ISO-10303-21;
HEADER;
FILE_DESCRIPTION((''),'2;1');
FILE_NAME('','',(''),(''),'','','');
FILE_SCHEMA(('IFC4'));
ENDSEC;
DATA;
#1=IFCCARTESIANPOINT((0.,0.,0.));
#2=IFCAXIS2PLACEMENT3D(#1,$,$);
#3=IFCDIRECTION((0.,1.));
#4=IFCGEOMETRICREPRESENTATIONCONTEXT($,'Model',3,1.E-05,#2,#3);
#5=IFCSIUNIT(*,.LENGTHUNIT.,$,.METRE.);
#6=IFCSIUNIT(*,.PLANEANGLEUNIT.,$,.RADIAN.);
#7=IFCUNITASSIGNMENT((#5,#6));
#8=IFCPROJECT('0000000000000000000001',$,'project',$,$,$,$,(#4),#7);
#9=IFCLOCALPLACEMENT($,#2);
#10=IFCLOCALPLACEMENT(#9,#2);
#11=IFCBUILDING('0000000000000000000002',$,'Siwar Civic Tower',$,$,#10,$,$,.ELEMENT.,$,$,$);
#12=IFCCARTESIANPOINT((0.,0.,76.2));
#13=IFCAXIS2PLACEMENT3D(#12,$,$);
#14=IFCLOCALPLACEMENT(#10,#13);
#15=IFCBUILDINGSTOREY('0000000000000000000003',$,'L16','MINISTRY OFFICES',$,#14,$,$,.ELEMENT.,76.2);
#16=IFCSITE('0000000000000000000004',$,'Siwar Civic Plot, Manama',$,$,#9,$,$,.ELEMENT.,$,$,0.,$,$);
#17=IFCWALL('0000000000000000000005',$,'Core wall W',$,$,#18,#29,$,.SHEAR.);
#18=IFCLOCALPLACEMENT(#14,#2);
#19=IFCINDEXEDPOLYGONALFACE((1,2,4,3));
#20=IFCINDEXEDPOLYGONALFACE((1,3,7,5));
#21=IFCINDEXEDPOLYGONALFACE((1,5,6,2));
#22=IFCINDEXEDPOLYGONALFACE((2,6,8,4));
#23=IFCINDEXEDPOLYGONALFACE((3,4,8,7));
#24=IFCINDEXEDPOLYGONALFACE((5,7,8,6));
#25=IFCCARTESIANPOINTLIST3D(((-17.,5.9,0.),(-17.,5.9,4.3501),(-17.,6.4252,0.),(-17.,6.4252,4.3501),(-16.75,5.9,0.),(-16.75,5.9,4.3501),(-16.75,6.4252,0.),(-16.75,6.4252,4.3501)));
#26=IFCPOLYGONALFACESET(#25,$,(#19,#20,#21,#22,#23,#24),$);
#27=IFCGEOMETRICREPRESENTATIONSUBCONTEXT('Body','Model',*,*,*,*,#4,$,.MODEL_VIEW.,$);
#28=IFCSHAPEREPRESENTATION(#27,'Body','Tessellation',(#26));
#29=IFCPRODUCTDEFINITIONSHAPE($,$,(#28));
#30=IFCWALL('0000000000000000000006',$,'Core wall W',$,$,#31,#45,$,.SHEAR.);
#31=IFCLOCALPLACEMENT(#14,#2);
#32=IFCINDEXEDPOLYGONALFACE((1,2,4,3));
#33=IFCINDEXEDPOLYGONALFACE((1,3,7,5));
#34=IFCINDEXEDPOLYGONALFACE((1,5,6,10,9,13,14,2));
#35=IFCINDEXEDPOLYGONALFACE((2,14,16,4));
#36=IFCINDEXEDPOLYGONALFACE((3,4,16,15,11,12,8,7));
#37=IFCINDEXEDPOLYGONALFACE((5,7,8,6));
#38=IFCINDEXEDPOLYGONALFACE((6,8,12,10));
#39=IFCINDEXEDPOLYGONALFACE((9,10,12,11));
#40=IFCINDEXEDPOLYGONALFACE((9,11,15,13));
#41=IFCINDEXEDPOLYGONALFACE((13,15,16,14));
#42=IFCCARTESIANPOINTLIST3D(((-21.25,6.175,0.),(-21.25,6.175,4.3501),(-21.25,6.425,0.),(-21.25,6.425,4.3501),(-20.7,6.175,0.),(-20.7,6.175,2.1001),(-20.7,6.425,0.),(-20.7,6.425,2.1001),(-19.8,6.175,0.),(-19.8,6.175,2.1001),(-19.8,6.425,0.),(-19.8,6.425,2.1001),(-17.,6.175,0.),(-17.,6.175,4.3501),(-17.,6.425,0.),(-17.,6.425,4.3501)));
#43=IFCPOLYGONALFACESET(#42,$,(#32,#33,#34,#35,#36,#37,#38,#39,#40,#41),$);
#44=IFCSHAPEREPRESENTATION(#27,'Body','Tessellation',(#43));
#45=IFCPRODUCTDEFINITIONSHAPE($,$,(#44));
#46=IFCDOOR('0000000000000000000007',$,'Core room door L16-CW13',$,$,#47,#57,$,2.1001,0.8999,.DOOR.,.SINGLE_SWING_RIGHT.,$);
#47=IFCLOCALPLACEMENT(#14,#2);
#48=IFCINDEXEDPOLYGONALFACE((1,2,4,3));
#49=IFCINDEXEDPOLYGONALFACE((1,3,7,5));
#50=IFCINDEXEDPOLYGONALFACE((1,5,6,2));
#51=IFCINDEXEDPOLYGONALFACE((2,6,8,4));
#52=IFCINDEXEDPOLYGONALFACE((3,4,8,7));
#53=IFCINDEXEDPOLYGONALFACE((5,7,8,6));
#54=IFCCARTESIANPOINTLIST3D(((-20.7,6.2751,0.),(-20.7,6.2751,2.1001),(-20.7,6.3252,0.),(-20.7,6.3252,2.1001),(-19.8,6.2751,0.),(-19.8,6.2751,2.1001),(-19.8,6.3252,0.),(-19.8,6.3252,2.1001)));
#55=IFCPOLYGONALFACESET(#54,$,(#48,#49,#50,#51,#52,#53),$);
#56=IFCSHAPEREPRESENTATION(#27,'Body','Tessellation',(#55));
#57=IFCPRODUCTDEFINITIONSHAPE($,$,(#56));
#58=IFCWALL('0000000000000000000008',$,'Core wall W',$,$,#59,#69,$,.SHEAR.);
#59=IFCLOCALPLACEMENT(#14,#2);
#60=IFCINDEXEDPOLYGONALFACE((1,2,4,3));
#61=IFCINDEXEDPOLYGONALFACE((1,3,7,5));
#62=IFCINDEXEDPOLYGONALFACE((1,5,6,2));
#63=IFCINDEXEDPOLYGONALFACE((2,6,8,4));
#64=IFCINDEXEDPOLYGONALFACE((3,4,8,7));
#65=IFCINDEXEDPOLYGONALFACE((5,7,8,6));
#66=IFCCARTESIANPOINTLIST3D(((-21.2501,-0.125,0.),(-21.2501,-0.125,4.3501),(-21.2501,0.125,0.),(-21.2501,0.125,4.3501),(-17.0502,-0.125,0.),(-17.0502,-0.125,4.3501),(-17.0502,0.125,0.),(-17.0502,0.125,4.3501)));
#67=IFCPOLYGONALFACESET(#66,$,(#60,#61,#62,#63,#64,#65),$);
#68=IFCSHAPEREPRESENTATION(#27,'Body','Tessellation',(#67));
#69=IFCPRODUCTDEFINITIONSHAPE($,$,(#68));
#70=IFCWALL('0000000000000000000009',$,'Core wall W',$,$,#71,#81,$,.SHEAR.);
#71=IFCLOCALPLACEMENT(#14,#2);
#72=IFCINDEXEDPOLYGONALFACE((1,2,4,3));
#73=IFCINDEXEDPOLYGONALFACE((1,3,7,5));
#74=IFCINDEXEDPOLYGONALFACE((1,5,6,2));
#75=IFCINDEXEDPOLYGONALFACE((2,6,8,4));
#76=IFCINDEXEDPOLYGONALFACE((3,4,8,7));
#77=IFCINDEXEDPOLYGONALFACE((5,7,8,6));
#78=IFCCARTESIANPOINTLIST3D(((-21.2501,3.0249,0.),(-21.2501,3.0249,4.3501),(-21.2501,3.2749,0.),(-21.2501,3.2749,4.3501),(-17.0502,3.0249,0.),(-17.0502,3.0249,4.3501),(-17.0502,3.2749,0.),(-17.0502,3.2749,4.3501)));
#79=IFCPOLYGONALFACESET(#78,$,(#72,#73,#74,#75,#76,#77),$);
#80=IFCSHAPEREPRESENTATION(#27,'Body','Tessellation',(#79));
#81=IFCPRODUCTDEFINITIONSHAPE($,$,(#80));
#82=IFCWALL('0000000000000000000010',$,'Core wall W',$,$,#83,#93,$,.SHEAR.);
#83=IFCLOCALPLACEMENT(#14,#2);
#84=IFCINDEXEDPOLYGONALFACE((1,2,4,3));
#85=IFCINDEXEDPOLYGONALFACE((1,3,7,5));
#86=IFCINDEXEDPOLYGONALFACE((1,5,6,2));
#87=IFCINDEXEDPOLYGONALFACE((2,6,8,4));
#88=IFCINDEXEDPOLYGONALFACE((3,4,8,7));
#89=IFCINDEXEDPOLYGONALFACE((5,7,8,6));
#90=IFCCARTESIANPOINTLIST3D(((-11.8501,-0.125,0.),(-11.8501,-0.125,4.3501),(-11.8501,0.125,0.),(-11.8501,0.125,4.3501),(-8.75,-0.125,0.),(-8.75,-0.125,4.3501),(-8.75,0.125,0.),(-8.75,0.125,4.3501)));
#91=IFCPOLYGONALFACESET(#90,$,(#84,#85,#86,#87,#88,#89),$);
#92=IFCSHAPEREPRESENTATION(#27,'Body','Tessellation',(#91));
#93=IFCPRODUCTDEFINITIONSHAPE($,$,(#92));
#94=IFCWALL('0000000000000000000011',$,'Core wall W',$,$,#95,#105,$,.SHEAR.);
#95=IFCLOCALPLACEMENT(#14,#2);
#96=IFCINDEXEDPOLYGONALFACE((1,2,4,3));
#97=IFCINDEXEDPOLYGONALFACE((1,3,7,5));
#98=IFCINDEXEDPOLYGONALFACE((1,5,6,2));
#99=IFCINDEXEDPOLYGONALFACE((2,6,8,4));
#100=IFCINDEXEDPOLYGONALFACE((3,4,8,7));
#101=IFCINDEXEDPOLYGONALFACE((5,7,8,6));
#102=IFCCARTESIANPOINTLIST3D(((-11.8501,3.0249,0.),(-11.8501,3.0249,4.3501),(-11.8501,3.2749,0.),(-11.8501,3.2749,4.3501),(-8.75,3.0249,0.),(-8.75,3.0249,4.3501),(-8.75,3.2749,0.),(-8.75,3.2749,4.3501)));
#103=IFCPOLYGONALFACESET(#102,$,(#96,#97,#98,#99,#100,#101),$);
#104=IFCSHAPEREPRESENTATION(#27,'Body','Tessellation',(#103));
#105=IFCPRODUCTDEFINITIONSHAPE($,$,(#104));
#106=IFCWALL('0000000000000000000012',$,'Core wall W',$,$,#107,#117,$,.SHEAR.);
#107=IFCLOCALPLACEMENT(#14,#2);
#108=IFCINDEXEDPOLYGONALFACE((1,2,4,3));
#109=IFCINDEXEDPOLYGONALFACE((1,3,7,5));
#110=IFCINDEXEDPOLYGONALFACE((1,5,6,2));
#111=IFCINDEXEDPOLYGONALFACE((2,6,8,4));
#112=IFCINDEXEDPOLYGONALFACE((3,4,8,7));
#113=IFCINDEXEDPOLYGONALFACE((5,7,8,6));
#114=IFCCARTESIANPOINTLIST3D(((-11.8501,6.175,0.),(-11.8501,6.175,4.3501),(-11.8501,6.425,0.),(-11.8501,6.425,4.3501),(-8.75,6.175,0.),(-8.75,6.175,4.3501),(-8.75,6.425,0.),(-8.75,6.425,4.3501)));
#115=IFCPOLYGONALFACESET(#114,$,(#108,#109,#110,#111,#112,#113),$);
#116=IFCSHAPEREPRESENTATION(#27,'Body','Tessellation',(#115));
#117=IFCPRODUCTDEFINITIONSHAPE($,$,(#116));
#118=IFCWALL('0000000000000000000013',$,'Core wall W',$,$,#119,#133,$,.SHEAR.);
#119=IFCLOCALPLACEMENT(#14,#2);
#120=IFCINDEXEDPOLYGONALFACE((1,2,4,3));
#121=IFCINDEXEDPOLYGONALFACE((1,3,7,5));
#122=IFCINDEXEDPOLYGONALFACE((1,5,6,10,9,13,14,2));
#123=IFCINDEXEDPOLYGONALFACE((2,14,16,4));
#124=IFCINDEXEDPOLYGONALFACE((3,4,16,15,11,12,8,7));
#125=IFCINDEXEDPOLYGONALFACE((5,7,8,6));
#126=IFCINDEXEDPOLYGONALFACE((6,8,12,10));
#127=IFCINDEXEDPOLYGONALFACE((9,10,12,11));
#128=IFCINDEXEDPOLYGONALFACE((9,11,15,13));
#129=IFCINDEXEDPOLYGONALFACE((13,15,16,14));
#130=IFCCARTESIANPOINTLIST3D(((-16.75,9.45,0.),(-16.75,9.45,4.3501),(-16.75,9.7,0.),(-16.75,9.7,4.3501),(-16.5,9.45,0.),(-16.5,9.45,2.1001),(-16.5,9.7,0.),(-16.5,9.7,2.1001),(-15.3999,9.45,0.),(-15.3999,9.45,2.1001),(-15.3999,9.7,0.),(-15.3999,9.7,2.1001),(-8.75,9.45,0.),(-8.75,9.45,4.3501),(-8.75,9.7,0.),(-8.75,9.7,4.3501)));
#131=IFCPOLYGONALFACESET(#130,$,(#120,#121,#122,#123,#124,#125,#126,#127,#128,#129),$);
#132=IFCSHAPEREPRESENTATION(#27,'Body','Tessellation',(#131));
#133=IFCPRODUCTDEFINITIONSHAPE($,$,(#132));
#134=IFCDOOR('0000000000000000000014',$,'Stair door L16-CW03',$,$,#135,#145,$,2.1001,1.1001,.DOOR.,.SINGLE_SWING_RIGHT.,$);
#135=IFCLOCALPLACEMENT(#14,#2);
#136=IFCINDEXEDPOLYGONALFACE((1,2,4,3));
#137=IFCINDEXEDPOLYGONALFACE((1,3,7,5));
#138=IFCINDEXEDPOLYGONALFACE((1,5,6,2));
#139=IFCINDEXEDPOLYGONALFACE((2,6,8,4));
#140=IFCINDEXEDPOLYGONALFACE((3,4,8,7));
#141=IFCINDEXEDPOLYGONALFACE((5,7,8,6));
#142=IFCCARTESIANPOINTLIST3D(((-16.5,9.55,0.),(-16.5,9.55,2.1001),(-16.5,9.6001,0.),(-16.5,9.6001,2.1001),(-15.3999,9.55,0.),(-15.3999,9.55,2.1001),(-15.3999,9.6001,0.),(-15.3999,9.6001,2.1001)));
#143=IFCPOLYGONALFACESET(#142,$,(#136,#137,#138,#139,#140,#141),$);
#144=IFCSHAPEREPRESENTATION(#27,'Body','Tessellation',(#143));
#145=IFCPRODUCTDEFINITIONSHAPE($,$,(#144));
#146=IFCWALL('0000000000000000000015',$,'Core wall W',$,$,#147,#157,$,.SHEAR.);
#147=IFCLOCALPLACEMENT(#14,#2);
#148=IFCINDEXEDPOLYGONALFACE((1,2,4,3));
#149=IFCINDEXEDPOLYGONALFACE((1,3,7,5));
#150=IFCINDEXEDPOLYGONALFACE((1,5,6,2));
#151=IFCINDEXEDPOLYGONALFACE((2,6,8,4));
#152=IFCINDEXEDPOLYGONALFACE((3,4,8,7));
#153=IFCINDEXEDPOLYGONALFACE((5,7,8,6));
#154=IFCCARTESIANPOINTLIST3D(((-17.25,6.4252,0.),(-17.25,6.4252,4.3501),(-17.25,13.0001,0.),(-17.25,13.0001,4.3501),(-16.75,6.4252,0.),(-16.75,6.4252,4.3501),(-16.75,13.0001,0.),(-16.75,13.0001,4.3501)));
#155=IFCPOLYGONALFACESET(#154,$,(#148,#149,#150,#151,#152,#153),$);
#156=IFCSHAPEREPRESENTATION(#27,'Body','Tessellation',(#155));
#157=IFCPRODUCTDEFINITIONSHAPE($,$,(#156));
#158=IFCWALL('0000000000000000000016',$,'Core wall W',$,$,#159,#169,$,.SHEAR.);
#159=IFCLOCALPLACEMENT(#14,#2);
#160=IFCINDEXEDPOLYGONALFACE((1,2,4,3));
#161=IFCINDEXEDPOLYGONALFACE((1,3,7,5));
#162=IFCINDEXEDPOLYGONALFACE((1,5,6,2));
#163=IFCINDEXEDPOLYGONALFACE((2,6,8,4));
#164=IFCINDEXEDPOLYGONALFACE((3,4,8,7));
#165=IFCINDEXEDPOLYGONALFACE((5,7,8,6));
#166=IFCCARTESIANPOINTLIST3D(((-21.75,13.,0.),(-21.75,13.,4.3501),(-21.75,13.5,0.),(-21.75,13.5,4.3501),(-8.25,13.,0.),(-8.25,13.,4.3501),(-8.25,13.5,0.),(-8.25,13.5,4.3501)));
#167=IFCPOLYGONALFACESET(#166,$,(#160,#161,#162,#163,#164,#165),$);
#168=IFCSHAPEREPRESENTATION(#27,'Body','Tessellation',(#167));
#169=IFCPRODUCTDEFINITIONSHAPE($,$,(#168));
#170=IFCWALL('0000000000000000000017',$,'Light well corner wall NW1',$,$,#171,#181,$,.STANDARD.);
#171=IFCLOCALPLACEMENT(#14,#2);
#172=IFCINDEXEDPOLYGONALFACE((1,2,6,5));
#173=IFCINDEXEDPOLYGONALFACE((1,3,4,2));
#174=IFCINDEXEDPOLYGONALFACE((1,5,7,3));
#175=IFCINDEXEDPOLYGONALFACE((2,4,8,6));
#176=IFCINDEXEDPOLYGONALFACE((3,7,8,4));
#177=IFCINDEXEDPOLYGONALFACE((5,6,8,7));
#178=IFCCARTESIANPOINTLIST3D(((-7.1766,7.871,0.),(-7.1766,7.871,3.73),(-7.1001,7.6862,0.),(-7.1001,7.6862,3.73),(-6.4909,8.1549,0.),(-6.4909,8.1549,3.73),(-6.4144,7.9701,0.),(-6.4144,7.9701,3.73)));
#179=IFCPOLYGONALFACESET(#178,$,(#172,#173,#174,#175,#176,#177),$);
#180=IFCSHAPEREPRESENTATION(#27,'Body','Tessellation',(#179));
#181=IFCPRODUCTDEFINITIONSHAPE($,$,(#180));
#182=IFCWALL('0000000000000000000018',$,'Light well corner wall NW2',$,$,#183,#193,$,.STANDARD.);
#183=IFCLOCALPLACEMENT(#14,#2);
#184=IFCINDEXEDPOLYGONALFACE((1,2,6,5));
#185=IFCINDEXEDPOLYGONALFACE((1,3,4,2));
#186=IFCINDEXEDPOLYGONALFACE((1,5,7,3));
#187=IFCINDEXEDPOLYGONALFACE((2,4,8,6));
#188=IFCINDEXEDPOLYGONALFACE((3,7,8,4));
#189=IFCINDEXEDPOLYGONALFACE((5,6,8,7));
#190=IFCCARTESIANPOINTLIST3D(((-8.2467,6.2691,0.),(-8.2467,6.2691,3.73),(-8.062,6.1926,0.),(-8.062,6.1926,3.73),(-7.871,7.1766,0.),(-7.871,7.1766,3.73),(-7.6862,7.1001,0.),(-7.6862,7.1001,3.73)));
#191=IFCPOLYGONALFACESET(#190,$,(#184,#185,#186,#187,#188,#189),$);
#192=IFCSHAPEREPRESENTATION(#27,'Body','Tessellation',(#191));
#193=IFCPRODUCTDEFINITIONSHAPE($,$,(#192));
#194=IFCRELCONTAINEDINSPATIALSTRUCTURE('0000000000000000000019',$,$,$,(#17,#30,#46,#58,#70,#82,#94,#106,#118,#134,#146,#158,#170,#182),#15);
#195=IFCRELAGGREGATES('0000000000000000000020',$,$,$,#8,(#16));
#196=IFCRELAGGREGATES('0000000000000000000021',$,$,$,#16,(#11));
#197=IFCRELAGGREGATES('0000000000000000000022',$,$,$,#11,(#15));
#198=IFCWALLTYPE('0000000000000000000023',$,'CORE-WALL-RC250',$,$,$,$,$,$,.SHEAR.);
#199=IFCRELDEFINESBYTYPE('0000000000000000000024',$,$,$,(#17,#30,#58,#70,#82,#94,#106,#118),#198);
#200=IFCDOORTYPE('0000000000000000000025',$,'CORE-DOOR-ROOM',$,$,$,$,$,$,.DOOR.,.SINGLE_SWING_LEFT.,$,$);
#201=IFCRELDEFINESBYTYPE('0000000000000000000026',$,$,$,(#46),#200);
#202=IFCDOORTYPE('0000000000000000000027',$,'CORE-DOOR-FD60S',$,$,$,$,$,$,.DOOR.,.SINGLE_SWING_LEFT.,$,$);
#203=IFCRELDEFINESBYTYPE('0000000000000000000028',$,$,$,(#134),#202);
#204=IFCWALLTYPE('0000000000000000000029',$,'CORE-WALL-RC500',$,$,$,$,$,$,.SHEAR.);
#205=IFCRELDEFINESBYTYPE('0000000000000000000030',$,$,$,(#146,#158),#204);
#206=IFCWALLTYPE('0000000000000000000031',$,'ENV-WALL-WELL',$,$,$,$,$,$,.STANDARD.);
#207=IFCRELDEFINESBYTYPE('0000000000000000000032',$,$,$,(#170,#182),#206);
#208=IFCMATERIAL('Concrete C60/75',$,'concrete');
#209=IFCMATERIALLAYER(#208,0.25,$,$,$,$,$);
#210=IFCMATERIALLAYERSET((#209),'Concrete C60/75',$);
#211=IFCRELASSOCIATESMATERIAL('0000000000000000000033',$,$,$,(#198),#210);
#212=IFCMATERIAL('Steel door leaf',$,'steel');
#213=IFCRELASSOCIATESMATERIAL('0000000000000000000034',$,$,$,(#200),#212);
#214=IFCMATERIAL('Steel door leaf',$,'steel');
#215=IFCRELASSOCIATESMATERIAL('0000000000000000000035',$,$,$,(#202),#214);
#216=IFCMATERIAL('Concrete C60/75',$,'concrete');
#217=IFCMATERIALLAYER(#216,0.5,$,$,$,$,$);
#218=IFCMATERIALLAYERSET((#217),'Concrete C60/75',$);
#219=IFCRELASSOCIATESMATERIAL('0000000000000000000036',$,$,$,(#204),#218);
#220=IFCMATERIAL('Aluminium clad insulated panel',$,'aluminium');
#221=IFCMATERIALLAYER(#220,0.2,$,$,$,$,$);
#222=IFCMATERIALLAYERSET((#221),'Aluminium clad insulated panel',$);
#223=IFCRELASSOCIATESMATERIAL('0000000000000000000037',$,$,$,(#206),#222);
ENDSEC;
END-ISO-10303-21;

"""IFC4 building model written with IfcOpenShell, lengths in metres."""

from ifc_helpers import new_model, si_unit, direction, frame, frame_2d, origin, place, context, subcontext, project, spatial, rectangle, extrude, material, layer, layer_set, type_object, element, fill, save


model = new_model("IFC4")

# Units and contexts
model_context = context("Model", 3, precision=1e-05, world=origin(), true_north=direction((0.0, 1.0)))
body_context = subcontext(model_context, "Body", "Model", "MODEL_VIEW")
ifc_project = project(units=[si_unit("LENGTHUNIT", "METRE"), si_unit("PLANEANGLEUNIT", "RADIAN")], contexts=[model_context])

# Site, building, storey
site_placement = place(None, origin())
site = spatial("IfcSite", under=ifc_project, at=site_placement, Name="Siwar Civic Plot, Manama", CompositionType="ELEMENT", RefElevation=0.0)
building_placement = place(site_placement, origin())
building = spatial("IfcBuilding", under=site, at=building_placement, Name="Siwar Civic Tower", CompositionType="ELEMENT")
storey_placement = place(building_placement, frame((0.0, 0.0, 76.2)))
storey = spatial("IfcBuildingStorey", under=building, at=storey_placement, Name="L16", Description="MINISTRY OFFICES", CompositionType="ELEMENT", Elevation=76.2)

# Shared definitions
ifc_material_1 = material(Name="Concrete C60/75", Category="concrete")
ifc_layer_1 = layer(ifc_material_1, 0.25)
ifc_layer_set_1 = layer_set([ifc_layer_1], Name="Concrete C60/75")
wall_type_1 = type_object("IfcWallType", Name="CORE-WALL-RC250", PredefinedType="SHEAR", material=ifc_layer_set_1)

# Wall
wall_1_placement = place(storey_placement, frame((-16.875, 5.8999, 0.0), z_axis=(0.0, 0.0, 1.0), x_axis=(0.0, 1.0, 0.0)))
element("IfcWall", 1, at=wall_1_placement, inside=storey, type_object=wall_type_1, Name="Core wall W", PredefinedType="SHEAR", context=body_context, shape_type="SweptSolid", body=[
    extrude(rectangle(XDim=0.5251, YDim=0.25, at=frame_2d((0.2627, 0.0))), origin(), (0.0, 0.0, 1.0), 4.3501),
])

# Wall, opening, door
wall_2_placement = place(storey_placement, frame((-17.0, 6.3, 0.0), z_axis=(0.0, 0.0, 1.0), x_axis=(-1.0, 0.0, 0.0)))
wall_2 = element("IfcWall", 2, at=wall_2_placement, inside=storey, type_object=wall_type_1, Name="Core wall W", PredefinedType="SHEAR", context=body_context, shape_type="SweptSolid", body=[
    extrude(rectangle(XDim=4.25, YDim=0.25, at=frame_2d((2.125, 0.0))), origin(), (0.0, 0.0, 1.0), 4.3501),
])
opening_1_placement = place(wall_2_placement, frame((2.8, 0.0, 0.0)))
opening_1 = element("IfcOpeningElement", 3, at=opening_1_placement, cuts=wall_2, PredefinedType="OPENING", context=body_context, shape_type="SweptSolid", body=[
    extrude(rectangle(XDim=0.8999, YDim=2.1001, at=frame_2d((0.45, 1.05))), frame((0.0, 0.135, 0.0), z_axis=(0.0, -1.0, 0.0), x_axis=(1.0, 0.0, 0.0)), (0.0, 0.0, 1.0), 0.27),
])
ifc_material_2 = material(Name="Steel door leaf", Category="steel")
door_type_1 = type_object("IfcDoorType", Name="CORE-DOOR-ROOM", OperationType="SINGLE_SWING_LEFT", PredefinedType="DOOR", material=ifc_material_2)
door_1_placement = place(opening_1_placement, origin())
door_1 = element("IfcDoor", 4, at=door_1_placement, inside=storey, type_object=door_type_1, Name="Core room door L16-CW13", OperationType="SINGLE_SWING_RIGHT", OverallHeight=2.1001, OverallWidth=0.8999, PredefinedType="DOOR", context=body_context, shape_type="SweptSolid", body=[
    extrude(rectangle(XDim=0.8999, YDim=2.1001, at=frame_2d((0.45, 1.05))), frame((0.0, 0.0249, 0.0), z_axis=(0.0, -1.0, 0.0), x_axis=(1.0, 0.0, 0.0)), (0.0, 0.0, 1.0), 0.05),
])
fill(opening_1, door_1)

# Walls
for number, where, z_axis, x_axis, name in (
    (5, (-17.05, 0.0, 0.0), (0.0, 0.0, 1.0), (-1.0, 0.0, 0.0), "Core wall W"),
    (6, (-17.05, 3.1499, 0.0), (0.0, 0.0, 1.0), (-1.0, 0.0, 0.0), "Core wall W"),
):
    element("IfcWall", number, at=place(storey_placement, frame(where, z_axis=z_axis, x_axis=x_axis)), inside=storey, type_object=wall_type_1, Name=name, PredefinedType="SHEAR", context=body_context, shape_type="SweptSolid", body=[
        extrude(rectangle(XDim=4.2, YDim=0.25, at=frame_2d((2.1001, 0.0))), origin(), (0.0, 0.0, 1.0), 4.3501),
    ])
for number, where, z_axis, x_axis, name in (
    (7, (-8.75, 0.0, 0.0), (0.0, 0.0, 1.0), (-1.0, 0.0, 0.0), "Core wall W"),
    (8, (-8.75, 3.1499, 0.0), (0.0, 0.0, 1.0), (-1.0, 0.0, 0.0), "Core wall W"),
    (9, (-8.75, 6.3, 0.0), (0.0, 0.0, 1.0), (-1.0, 0.0, 0.0), "Core wall W"),
):
    element("IfcWall", number, at=place(storey_placement, frame(where, z_axis=z_axis, x_axis=x_axis)), inside=storey, type_object=wall_type_1, Name=name, PredefinedType="SHEAR", context=body_context, shape_type="SweptSolid", body=[
        extrude(rectangle(XDim=3.1001, YDim=0.25, at=frame_2d((1.55, 0.0))), origin(), (0.0, 0.0, 1.0), 4.3501),
    ])

# Wall, opening, door
wall_3_placement = place(storey_placement, frame((-8.75, 9.575, 0.0), z_axis=(0.0, 0.0, 1.0), x_axis=(-1.0, 0.0, 0.0)))
wall_3 = element("IfcWall", 10, at=wall_3_placement, inside=storey, type_object=wall_type_1, Name="Core wall W", PredefinedType="SHEAR", context=body_context, shape_type="SweptSolid", body=[
    extrude(rectangle(XDim=8.0, YDim=0.25, at=frame_2d((4.0, 0.0))), origin(), (0.0, 0.0, 1.0), 4.3501),
])
opening_2_placement = place(wall_3_placement, frame((6.6499, 0.0, 0.0)))
opening_2 = element("IfcOpeningElement", 11, at=opening_2_placement, cuts=wall_3, PredefinedType="OPENING", context=body_context, shape_type="SweptSolid", body=[
    extrude(rectangle(XDim=1.1001, YDim=2.1001, at=frame_2d((0.55, 1.05))), frame((0.0, 0.135, 0.0), z_axis=(0.0, -1.0, 0.0), x_axis=(1.0, 0.0, 0.0)), (0.0, 0.0, 1.0), 0.27),
])
ifc_material_3 = material(Name="Steel door leaf", Category="steel")
door_type_2 = type_object("IfcDoorType", Name="CORE-DOOR-FD60S", OperationType="SINGLE_SWING_LEFT", PredefinedType="DOOR", material=ifc_material_3)
door_2_placement = place(opening_2_placement, origin())
door_2 = element("IfcDoor", 12, at=door_2_placement, inside=storey, type_object=door_type_2, Name="Stair door L16-CW03", OperationType="SINGLE_SWING_RIGHT", OverallHeight=2.1001, OverallWidth=1.1001, PredefinedType="DOOR", context=body_context, shape_type="SweptSolid", body=[
    extrude(rectangle(XDim=1.1001, YDim=2.1001, at=frame_2d((0.55, 1.05))), frame((0.0, 0.0249, 0.0), z_axis=(0.0, -1.0, 0.0), x_axis=(1.0, 0.0, 0.0)), (0.0, 0.0, 1.0), 0.05),
])
fill(opening_2, door_2)

# Walls
ifc_material_4 = material(Name="Concrete C60/75", Category="concrete")
ifc_layer_2 = layer(ifc_material_4, 0.5)
ifc_layer_set_2 = layer_set([ifc_layer_2], Name="Concrete C60/75")
wall_type_2 = type_object("IfcWallType", Name="CORE-WALL-RC500", PredefinedType="SHEAR", material=ifc_layer_set_2)
wall_4_placement = place(storey_placement, frame((-17.0, 6.425, 0.0), z_axis=(0.0, 0.0, 1.0), x_axis=(0.0, 1.0, 0.0)))
element("IfcWall", 13, at=wall_4_placement, inside=storey, type_object=wall_type_2, Name="Core wall W", PredefinedType="SHEAR", context=body_context, shape_type="SweptSolid", body=[
    extrude(rectangle(XDim=6.575, YDim=0.5, at=frame_2d((3.2876, 0.0))), origin(), (0.0, 0.0, 1.0), 4.3501),
])
wall_5_placement = place(storey_placement, frame((-8.25, 13.25, 0.0), z_axis=(0.0, 0.0, 1.0), x_axis=(-1.0, 0.0, 0.0)))
element("IfcWall", 14, at=wall_5_placement, inside=storey, type_object=wall_type_2, Name="Core wall W", PredefinedType="SHEAR", context=body_context, shape_type="SweptSolid", body=[
    extrude(rectangle(XDim=13.5, YDim=0.5, at=frame_2d((6.75, 0.0))), origin(), (0.0, 0.0, 1.0), 4.3501),
])
ifc_material_5 = material(Name="Aluminium clad insulated panel", Category="aluminium")
ifc_layer_3 = layer(ifc_material_5, 0.2)
ifc_layer_set_3 = layer_set([ifc_layer_3], Name="Aluminium clad insulated panel")
wall_type_3 = type_object("IfcWallType", Name="ENV-WALL-WELL", PredefinedType="STANDARD", material=ifc_layer_set_3)
wall_6_placement = place(storey_placement, frame((-6.4526, 8.0625, 0.0), z_axis=(0.0, 0.0, 1.0), x_axis=(-0.923941, -0.382536, 0.0)))
element("IfcWall", 15, at=wall_6_placement, inside=storey, type_object=wall_type_3, Name="Light well corner wall NW1", PredefinedType="STANDARD", context=body_context, shape_type="SweptSolid", body=[
    extrude(rectangle(XDim=0.7422, YDim=0.2, at=frame_2d((0.3711, 0.0))), origin(), (0.0, 0.0, 1.0), 3.73),
])
wall_7_placement = place(storey_placement, frame((-7.7786, 7.1384, 0.0), z_axis=(0.0, 0.0, 1.0), x_axis=(-0.382549, -0.923935, 0.0)))
element("IfcWall", 16, at=wall_7_placement, inside=storey, type_object=wall_type_3, Name="Light well corner wall NW2", PredefinedType="STANDARD", context=body_context, shape_type="SweptSolid", body=[
    extrude(rectangle(XDim=0.9822, YDim=0.2, at=frame_2d((0.4912, 0.0))), origin(), (0.0, 0.0, 1.0), 3.73),
])

save(model, "model.ifc")
